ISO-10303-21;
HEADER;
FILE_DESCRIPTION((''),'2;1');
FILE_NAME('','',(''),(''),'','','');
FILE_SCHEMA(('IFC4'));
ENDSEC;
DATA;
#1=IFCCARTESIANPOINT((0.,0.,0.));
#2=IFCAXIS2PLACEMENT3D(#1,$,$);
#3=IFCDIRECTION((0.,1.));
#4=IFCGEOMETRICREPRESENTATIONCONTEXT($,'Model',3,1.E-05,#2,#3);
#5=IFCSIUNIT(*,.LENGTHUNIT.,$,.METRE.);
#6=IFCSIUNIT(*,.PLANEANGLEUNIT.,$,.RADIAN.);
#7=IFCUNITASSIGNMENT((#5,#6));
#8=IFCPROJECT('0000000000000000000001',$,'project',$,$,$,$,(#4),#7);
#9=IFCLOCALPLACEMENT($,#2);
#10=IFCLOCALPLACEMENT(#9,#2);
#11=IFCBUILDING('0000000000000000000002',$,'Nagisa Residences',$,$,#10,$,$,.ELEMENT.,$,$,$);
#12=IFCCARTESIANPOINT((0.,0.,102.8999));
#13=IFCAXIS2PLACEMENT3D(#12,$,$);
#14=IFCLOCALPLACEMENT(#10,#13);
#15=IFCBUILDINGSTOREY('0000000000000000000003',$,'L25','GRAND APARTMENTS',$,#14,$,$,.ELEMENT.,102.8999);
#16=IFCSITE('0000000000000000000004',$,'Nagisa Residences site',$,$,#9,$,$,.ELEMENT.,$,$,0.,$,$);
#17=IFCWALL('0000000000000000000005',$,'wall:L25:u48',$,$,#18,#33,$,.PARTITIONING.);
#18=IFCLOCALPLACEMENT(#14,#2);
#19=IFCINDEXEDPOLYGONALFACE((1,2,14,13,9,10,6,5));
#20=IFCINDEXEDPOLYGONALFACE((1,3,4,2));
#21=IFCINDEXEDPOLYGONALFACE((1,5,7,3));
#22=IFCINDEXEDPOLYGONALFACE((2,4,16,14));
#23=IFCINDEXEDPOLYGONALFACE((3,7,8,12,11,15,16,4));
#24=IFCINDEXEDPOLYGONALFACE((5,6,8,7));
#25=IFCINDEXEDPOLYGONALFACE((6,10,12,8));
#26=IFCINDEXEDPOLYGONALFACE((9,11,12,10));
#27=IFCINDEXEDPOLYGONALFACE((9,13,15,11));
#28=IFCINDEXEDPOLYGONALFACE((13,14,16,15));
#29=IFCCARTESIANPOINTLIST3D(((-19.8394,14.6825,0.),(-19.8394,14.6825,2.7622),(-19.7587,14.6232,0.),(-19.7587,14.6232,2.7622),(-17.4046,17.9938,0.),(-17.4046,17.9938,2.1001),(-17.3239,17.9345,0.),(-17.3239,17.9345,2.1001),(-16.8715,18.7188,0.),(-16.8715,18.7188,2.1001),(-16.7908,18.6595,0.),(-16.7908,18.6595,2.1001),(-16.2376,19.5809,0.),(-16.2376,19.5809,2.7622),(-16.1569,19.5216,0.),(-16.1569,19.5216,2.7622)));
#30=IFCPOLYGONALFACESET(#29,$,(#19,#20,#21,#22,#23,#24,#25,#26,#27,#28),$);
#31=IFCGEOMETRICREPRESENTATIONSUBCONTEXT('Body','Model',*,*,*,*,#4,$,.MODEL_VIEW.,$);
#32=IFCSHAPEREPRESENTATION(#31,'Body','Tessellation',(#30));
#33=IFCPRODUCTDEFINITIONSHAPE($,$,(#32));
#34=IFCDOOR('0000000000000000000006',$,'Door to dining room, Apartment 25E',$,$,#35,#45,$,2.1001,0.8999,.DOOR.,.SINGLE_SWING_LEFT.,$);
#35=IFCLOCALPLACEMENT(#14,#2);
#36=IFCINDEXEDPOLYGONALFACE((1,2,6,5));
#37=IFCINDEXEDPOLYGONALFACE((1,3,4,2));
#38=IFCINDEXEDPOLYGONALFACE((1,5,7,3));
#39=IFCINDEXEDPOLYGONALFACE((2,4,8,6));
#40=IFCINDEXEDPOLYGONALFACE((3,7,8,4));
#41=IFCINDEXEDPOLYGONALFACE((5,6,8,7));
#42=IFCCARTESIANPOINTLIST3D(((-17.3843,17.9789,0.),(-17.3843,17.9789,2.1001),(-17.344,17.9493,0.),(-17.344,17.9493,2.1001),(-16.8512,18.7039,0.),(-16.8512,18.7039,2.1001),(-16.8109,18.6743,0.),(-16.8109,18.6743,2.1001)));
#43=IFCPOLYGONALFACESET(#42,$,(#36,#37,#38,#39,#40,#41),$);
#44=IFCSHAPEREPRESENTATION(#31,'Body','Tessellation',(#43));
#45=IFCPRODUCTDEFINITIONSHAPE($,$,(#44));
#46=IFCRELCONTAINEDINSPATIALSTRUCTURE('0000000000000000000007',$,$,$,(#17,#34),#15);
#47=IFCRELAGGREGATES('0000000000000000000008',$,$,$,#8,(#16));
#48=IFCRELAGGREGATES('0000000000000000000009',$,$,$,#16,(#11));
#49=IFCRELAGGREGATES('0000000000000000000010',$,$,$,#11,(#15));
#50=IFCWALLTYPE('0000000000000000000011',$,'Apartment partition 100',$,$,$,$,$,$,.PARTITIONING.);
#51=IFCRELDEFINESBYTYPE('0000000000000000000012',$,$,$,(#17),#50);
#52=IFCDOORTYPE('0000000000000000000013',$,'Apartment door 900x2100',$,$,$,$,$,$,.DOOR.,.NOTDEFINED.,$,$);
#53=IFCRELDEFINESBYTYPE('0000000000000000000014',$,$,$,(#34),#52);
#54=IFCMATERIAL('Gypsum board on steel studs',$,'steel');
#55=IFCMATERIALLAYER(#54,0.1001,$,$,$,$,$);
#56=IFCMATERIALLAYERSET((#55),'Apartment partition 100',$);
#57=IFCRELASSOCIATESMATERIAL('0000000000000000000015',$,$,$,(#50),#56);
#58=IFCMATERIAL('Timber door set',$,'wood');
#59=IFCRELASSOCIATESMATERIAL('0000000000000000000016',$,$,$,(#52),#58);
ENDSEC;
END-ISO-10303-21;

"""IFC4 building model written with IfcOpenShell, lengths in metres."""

from ifc_helpers import new_model, si_unit, direction, frame, frame_2d, origin, place, context, subcontext, project, spatial, rectangle, extrude, material, layer, layer_set, type_object, element, fill, save


model = new_model("IFC4")

# Units and contexts
model_context = context("Model", 3, precision=1e-05, world=origin(), true_north=direction((0.0, 1.0)))
body_context = subcontext(model_context, "Body", "Model", "MODEL_VIEW")
ifc_project = project(units=[si_unit("LENGTHUNIT", "METRE"), si_unit("PLANEANGLEUNIT", "RADIAN")], contexts=[model_context])

# Site, building, storey
site_placement = place(None, origin())
site = spatial("IfcSite", under=ifc_project, at=site_placement, Name="Nagisa Residences site", CompositionType="ELEMENT", RefElevation=0.0)
building_placement = place(site_placement, origin())
building = spatial("IfcBuilding", under=site, at=building_placement, Name="Nagisa Residences", CompositionType="ELEMENT")
storey_placement = place(building_placement, frame((0.0, 0.0, 102.8999)))
storey = spatial("IfcBuildingStorey", under=building, at=storey_placement, Name="L25", Description="GRAND APARTMENTS", CompositionType="ELEMENT", Elevation=102.8999)

# Shared definitions
ifc_material_1 = material(Name="Gypsum board on steel studs", Category="steel")
ifc_layer_1 = layer(ifc_material_1, 0.1001)
ifc_layer_set_1 = layer_set([ifc_layer_1], Name="Apartment partition 100")
wall_type_1 = type_object("IfcWallType", Name="Apartment partition 100", PredefinedType="PARTITIONING", material=ifc_layer_set_1)

# Wall, opening, door
wall_1_placement = place(storey_placement, frame((-16.1973, 19.5513, 0.0), z_axis=(0.0, 0.0, 1.0), x_axis=(-0.592392, -0.80565, 0.0)))
wall_1 = element("IfcWall", 1, at=wall_1_placement, inside=storey, type_object=wall_type_1, Name="wall:L25:u48", PredefinedType="PARTITIONING", context=body_context, shape_type="SweptSolid", body=[
    extrude(rectangle(XDim=6.0801, YDim=0.1001, at=frame_2d((3.04, 0.0))), origin(), (0.0, 0.0, 1.0), 2.7622),
])
opening_1_placement = place(wall_1_placement, frame((1.0701, 0.0, 0.0)))
opening_1 = element("IfcOpeningElement", 2, at=opening_1_placement, cuts=wall_1, PredefinedType="OPENING", context=body_context, shape_type="SweptSolid", body=[
    extrude(rectangle(XDim=0.8999, YDim=2.1001, at=frame_2d((0.45, 1.05))), frame((0.0, 0.0601, 0.0), z_axis=(0.0, -1.0, 0.0), x_axis=(1.0, 0.0, 0.0)), (0.0, 0.0, 1.0), 0.1201),
])
ifc_material_2 = material(Name="Timber door set", Category="wood")
door_type_1 = type_object("IfcDoorType", Name="Apartment door 900x2100", OperationType="NOTDEFINED", PredefinedType="DOOR", material=ifc_material_2)
door_1_placement = place(opening_1_placement, frame((0.8999, 0.0, 0.0), x_axis=(-1.0, 0.0, 0.0)))
door_1 = element("IfcDoor", 3, at=door_1_placement, inside=storey, type_object=door_type_1, Name="Door to dining room, Apartment 25E", OperationType="SINGLE_SWING_LEFT", OverallHeight=2.1001, OverallWidth=0.8999, PredefinedType="DOOR", context=body_context, shape_type="SweptSolid", body=[
    extrude(rectangle(XDim=0.8999, YDim=2.1001, at=frame_2d((0.45, 1.05))), frame((0.0, 0.0249, 0.0), z_axis=(0.0, -1.0, 0.0), x_axis=(1.0, 0.0, 0.0)), (0.0, 0.0, 1.0), 0.05),
])
fill(opening_1, door_1)

save(model, "model.ifc")
